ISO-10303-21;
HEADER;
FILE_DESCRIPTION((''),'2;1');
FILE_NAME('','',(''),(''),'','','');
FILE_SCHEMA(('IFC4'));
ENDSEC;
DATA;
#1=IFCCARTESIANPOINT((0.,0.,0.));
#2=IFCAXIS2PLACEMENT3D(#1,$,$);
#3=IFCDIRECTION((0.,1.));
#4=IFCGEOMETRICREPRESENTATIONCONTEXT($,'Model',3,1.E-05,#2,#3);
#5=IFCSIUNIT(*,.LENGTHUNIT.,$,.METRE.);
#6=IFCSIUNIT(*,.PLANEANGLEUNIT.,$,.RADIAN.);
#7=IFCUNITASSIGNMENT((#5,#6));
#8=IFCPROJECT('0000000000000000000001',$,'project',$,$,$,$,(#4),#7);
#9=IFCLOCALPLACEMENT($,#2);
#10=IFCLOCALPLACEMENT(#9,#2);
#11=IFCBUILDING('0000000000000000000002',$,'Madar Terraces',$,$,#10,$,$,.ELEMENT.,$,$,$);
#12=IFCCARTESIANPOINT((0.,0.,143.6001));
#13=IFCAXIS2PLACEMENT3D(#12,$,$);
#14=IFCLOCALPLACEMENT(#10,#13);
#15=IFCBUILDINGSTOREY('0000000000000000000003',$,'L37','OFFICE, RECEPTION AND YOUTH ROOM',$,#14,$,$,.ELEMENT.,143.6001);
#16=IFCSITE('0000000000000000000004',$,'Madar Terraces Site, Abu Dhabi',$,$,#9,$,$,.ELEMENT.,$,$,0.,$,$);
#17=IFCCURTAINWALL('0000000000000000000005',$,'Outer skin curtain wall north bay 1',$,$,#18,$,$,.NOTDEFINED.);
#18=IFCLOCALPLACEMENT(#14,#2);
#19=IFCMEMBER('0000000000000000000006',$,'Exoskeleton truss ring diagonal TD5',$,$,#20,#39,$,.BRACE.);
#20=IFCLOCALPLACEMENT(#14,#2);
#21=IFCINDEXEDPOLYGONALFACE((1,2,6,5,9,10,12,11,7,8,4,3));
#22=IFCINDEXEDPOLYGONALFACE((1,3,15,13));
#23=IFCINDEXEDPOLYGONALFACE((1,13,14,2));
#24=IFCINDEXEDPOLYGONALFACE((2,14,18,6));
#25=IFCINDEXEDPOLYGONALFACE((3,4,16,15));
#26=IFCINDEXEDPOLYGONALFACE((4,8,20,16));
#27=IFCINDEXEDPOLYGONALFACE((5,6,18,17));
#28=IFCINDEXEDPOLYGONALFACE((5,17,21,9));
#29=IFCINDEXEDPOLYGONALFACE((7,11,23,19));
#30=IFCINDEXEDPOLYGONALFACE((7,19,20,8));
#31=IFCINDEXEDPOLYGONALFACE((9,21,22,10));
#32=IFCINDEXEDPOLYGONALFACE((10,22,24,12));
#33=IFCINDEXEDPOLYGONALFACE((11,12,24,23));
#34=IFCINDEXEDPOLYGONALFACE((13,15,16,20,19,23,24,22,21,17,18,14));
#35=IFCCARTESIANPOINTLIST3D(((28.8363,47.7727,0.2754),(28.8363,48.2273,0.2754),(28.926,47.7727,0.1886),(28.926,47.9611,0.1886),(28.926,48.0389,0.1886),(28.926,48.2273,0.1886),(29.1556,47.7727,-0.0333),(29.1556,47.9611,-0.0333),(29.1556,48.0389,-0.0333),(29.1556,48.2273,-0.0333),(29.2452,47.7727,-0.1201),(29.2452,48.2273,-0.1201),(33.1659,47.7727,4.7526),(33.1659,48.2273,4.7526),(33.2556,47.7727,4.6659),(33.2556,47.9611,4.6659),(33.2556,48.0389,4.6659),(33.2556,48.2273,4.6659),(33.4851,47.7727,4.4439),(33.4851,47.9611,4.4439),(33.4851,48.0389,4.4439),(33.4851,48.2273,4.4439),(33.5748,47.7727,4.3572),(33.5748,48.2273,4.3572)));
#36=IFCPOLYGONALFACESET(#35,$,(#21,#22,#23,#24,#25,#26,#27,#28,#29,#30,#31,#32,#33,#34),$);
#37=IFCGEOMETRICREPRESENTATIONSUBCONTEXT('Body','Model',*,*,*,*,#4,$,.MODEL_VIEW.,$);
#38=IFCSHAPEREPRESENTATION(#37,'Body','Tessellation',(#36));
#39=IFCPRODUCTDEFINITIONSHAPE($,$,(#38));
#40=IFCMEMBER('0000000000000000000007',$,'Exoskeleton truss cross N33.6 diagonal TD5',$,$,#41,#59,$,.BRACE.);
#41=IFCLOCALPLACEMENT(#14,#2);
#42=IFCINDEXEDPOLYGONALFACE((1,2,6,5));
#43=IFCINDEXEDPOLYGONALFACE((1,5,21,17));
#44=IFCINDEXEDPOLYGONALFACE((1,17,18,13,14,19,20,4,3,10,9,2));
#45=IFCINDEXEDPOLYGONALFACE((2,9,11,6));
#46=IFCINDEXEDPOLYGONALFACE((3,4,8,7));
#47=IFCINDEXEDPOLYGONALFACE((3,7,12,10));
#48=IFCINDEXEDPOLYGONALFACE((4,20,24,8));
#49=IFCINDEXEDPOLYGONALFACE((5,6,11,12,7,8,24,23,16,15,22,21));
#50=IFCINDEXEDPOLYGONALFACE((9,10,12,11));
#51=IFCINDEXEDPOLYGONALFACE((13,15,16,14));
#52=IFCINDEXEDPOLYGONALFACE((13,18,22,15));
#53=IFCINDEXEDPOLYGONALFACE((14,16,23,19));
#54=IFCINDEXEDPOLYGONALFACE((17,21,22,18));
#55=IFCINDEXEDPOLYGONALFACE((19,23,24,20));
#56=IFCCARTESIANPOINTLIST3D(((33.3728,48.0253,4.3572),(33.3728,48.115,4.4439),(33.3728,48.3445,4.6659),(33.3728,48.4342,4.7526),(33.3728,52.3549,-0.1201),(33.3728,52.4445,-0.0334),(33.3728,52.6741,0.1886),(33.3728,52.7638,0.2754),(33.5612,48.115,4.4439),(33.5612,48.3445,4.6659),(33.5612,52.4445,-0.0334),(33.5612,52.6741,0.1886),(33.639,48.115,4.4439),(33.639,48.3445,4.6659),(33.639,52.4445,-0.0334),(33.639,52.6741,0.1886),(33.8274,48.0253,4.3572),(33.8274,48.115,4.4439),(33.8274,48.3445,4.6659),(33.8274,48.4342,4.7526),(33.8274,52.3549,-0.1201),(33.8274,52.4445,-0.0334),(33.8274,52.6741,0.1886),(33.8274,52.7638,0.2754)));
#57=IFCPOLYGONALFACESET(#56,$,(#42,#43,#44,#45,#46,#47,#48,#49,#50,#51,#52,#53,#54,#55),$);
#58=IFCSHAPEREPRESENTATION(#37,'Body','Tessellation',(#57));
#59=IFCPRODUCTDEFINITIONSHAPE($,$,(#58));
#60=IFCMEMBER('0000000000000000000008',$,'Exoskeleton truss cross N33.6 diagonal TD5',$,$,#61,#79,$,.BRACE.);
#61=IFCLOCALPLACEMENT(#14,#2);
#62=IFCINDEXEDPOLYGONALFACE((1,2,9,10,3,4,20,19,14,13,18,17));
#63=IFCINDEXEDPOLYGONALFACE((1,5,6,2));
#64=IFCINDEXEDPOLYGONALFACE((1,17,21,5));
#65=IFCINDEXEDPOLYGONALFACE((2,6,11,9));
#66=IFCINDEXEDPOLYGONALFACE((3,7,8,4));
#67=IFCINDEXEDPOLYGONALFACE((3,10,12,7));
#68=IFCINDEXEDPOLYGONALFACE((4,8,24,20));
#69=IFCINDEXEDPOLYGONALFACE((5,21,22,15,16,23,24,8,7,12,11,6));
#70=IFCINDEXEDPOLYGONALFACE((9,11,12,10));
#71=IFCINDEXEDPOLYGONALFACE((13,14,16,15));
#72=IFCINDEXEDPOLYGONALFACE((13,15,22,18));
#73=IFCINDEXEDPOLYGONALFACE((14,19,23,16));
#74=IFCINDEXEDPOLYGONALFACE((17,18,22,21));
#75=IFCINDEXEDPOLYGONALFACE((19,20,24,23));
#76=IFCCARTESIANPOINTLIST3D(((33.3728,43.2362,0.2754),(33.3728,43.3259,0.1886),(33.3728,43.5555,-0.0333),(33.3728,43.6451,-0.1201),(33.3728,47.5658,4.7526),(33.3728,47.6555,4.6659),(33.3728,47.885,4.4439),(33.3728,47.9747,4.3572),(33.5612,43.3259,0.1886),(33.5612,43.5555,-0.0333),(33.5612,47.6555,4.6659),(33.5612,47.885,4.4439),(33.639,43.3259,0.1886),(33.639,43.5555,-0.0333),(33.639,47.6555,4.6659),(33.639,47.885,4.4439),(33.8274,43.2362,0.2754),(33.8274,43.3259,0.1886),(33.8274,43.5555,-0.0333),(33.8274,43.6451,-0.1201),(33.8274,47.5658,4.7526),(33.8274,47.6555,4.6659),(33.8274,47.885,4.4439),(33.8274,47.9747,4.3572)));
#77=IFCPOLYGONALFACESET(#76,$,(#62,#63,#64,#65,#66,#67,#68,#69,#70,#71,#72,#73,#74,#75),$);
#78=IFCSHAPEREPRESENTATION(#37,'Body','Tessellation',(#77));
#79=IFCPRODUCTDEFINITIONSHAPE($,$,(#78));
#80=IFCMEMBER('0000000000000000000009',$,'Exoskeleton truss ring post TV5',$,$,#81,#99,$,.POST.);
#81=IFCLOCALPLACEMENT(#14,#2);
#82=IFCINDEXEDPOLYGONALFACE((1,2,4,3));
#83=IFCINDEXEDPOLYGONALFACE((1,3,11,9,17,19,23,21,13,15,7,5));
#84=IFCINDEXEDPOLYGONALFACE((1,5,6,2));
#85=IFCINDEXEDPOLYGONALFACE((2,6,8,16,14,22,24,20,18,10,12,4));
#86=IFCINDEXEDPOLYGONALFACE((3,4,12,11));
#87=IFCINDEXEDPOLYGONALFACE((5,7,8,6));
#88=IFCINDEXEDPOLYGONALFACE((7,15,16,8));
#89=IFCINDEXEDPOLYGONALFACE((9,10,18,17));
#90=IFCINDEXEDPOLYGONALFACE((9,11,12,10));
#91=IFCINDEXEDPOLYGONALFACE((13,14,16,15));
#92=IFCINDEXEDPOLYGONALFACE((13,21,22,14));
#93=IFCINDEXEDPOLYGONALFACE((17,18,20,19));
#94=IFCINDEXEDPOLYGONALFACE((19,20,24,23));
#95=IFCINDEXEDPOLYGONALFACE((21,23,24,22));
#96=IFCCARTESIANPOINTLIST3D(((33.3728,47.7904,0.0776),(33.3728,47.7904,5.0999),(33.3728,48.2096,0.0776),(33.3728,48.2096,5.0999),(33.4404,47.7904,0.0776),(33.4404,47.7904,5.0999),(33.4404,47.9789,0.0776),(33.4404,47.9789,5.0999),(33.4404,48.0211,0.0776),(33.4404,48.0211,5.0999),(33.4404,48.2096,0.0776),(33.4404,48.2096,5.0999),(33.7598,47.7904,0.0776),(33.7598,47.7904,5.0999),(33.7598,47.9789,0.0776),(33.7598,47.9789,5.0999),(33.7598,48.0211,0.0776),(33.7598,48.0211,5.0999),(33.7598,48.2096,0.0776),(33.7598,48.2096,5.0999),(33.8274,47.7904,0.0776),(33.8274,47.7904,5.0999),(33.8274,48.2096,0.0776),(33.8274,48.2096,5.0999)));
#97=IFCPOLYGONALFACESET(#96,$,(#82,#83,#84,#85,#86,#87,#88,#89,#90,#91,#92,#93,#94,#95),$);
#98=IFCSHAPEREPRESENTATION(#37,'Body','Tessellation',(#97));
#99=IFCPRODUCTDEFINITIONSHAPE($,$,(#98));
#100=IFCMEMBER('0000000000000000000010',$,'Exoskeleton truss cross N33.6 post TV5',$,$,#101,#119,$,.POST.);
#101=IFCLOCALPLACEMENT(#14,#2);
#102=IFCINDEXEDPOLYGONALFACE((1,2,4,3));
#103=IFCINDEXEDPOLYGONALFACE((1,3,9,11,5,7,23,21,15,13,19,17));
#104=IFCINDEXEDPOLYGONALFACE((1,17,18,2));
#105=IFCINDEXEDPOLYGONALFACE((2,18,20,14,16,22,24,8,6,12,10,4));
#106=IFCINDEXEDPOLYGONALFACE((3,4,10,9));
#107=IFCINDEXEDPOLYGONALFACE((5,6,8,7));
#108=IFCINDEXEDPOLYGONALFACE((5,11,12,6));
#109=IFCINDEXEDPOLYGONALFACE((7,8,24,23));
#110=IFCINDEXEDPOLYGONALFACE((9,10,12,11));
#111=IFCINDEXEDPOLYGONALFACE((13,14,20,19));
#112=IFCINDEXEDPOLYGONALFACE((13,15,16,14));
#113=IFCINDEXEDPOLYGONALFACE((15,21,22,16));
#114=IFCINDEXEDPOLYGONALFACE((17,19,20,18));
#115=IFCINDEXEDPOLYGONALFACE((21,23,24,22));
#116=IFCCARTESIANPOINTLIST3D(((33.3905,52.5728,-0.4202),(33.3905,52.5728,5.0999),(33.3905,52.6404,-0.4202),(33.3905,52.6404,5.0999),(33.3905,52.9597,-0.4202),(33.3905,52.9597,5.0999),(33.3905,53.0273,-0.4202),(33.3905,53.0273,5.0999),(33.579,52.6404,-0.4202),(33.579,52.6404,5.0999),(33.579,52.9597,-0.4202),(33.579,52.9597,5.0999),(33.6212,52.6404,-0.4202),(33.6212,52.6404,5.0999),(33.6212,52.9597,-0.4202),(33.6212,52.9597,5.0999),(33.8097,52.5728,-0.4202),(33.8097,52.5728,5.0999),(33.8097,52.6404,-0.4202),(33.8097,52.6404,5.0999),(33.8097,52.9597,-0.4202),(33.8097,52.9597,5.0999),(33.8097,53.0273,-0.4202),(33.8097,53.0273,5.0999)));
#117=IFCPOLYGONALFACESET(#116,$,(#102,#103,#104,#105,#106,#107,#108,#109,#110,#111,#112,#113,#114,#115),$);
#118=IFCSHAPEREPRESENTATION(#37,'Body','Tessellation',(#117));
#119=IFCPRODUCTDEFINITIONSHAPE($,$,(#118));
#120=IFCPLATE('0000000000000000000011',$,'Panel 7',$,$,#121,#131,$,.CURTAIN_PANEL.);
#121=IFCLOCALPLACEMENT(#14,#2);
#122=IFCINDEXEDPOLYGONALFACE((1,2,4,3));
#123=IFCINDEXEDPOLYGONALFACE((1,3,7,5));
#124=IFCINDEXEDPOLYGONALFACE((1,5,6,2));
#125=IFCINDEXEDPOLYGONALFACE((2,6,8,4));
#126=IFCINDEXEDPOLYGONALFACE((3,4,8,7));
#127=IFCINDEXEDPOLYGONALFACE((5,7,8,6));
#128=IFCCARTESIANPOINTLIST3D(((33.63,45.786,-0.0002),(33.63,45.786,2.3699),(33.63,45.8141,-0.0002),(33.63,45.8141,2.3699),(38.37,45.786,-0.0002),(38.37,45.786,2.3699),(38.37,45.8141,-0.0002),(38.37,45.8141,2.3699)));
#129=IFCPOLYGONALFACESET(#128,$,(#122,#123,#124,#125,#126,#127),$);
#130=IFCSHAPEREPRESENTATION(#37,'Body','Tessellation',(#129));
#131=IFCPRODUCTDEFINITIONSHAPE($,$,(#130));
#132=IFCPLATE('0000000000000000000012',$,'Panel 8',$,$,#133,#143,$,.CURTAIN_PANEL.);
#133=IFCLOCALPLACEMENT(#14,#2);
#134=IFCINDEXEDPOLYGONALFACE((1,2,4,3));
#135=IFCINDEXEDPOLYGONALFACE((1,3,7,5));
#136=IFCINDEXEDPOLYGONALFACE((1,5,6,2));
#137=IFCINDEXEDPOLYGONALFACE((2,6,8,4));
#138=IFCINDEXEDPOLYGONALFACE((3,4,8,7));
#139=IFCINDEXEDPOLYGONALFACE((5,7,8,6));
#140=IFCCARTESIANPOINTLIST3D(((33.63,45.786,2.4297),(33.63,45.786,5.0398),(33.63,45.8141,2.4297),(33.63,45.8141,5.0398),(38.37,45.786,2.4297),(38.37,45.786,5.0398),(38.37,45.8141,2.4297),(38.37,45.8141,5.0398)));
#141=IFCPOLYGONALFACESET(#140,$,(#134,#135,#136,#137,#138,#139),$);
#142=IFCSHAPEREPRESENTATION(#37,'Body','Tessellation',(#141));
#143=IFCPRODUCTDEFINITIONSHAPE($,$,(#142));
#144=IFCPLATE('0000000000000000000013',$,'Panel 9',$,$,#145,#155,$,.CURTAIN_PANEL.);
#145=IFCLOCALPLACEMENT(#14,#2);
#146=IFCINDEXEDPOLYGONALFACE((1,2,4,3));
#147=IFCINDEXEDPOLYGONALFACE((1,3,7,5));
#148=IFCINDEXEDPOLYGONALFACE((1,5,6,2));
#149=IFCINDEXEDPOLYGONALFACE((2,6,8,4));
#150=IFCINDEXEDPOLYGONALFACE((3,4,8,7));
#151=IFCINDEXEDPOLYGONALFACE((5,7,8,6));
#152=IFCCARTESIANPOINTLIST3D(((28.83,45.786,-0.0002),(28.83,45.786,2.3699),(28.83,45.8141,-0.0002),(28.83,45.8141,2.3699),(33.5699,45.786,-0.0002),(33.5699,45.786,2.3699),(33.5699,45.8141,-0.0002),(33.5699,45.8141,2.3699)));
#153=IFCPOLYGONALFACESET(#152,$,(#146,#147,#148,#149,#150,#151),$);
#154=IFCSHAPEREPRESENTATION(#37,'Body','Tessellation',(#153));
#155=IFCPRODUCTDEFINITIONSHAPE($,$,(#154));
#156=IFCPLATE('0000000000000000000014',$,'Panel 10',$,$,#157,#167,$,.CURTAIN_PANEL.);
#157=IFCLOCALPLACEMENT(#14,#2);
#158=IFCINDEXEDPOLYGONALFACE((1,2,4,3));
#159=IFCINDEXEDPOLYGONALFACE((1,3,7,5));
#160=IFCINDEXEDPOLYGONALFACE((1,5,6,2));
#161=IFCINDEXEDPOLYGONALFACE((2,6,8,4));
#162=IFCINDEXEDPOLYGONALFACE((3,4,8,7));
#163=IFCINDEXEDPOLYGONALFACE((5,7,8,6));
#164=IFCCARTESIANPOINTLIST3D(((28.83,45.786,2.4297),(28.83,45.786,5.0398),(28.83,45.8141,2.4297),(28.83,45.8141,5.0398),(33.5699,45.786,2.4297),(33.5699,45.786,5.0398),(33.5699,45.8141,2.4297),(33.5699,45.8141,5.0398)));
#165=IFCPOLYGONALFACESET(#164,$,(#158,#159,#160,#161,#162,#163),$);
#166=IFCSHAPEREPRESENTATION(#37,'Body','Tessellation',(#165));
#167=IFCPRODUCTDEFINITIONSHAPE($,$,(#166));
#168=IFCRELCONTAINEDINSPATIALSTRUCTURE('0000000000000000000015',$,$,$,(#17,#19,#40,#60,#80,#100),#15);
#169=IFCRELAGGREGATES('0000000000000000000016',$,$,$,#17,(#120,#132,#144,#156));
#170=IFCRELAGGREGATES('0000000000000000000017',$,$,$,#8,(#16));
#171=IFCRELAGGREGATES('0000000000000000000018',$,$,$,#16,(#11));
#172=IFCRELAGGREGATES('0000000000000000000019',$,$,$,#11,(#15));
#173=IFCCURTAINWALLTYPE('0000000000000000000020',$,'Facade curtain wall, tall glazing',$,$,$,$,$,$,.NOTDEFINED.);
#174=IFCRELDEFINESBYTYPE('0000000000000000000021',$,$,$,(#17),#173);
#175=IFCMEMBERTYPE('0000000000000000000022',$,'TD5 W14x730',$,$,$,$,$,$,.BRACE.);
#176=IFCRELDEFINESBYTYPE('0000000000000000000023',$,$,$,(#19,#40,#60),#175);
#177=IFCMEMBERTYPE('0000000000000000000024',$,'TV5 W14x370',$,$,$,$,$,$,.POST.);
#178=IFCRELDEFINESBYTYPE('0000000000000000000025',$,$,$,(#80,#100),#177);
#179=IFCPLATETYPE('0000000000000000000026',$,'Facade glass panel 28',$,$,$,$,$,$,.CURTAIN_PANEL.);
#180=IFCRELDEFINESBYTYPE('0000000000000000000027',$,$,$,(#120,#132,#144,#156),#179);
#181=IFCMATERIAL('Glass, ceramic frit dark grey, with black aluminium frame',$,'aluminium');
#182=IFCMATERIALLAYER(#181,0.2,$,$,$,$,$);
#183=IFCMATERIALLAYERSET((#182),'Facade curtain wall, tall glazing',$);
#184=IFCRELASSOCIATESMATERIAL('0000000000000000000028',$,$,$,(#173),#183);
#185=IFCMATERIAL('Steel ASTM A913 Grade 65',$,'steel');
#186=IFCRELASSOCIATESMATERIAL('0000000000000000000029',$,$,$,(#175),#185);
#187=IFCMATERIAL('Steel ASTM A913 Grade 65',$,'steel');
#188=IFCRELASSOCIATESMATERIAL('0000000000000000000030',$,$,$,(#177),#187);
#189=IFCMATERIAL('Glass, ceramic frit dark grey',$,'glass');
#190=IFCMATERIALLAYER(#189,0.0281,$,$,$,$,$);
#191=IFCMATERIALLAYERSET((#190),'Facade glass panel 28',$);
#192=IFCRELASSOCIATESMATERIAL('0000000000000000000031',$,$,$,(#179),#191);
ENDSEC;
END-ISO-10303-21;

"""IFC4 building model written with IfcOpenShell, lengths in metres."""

from ifc_helpers import new_model, si_unit, direction, frame, origin, origin_2d, place, context, subcontext, project, spatial, rectangle, i_section, extrude, material, layer, layer_set, material_profile, profile_set, type_object, element, aggregate, save


model = new_model("IFC4")

# Units and contexts
model_context = context("Model", 3, precision=1e-05, world=origin(), true_north=direction((0.0, 1.0)))
body_context = subcontext(model_context, "Body", "Model", "MODEL_VIEW")
ifc_project = project(units=[si_unit("LENGTHUNIT", "METRE"), si_unit("PLANEANGLEUNIT", "RADIAN")], contexts=[model_context])

# Site, building, storey
site_placement = place(None, origin())
site = spatial("IfcSite", under=ifc_project, at=site_placement, Name="Madar Terraces Site, Abu Dhabi", CompositionType="ELEMENT", RefElevation=0.0)
building_placement = place(site_placement, origin())
building = spatial("IfcBuilding", under=site, at=building_placement, Name="Madar Terraces", CompositionType="ELEMENT")
storey_placement = place(building_placement, frame((0.0, 0.0, 143.6001)))
storey = spatial("IfcBuildingStorey", under=building, at=storey_placement, Name="L37", Description="OFFICE, RECEPTION AND YOUTH ROOM", CompositionType="ELEMENT", Elevation=143.6001)

# Curtain wall
ifc_material_1 = material(Name="Glass, ceramic frit dark grey, with black aluminium frame", Category="aluminium")
ifc_layer_1 = layer(ifc_material_1, 0.2)
ifc_layer_set_1 = layer_set([ifc_layer_1], Name="Facade curtain wall, tall glazing")
curtain_wall_type = type_object("IfcCurtainWallType", Name="Facade curtain wall, tall glazing", PredefinedType="NOTDEFINED", material=ifc_layer_set_1)
curtain_wall_placement = place(storey_placement, origin())
curtain_wall = element("IfcCurtainWall", 1, at=curtain_wall_placement, inside=storey, type_object=curtain_wall_type, Name="Outer skin curtain wall north bay 1", PredefinedType="NOTDEFINED")

# Members
ifc_material_2 = material(Name="Steel ASTM A913 Grade 65", Category="steel")
ifc_material_profile_1 = material_profile(ifc_material_2, i_section(OverallWidth=0.4546, OverallDepth=0.5688, WebThickness=0.0779, FlangeThickness=0.1248, at=origin_2d()), Name="W14x730")
ifc_profile_set_1 = profile_set([ifc_material_profile_1], Name="Steel ASTM A913 Grade 65")
member_type_1 = type_object("IfcMemberType", Name="TD5 W14x730", PredefinedType="BRACE", material=ifc_profile_set_1)
for number, where, z_axis, x_axis, name in (
    (2, (33.3704, 48.0, 4.5549), (-0.69515, 0.0, -0.718865), (0.0, -1.0, 0.0), "Exoskeleton truss ring diagonal TD5"),
    (3, (33.6001, 52.5593, 0.0776), (0.0, -0.69515, 0.718865), (1.0, 0.0, 0.0), "Exoskeleton truss cross N33.6 diagonal TD5"),
    (4, (33.6001, 47.7703, 4.5549), (0.0, -0.69515, -0.718865), (1.0, 0.0, 0.0), "Exoskeleton truss cross N33.6 diagonal TD5"),
):
    element("IfcMember", number, at=place(storey_placement, frame(where, z_axis=z_axis, x_axis=x_axis)), inside=storey, type_object=member_type_1, Name=name, PredefinedType="BRACE", context=body_context, shape_type="SweptSolid", body=[
        extrude(i_section(OverallWidth=0.4546, OverallDepth=0.5688, WebThickness=0.0779, FlangeThickness=0.1248, at=origin_2d()), origin(), (0.0, 0.0, 1.0), 6.2283),
    ])
ifc_material_3 = material(Name="Steel ASTM A913 Grade 65", Category="steel")
ifc_material_profile_2 = material_profile(ifc_material_3, i_section(OverallWidth=0.4192, OverallDepth=0.4546, WebThickness=0.0422, FlangeThickness=0.0676, at=origin_2d()), Name="W14x370")
ifc_profile_set_2 = profile_set([ifc_material_profile_2], Name="Steel ASTM A913 Grade 65")
member_type_2 = type_object("IfcMemberType", Name="TV5 W14x370", PredefinedType="POST", material=ifc_profile_set_2)
member_1_placement = place(storey_placement, frame((33.6001, 48.0, 0.0776), z_axis=(0.0, 0.0, 1.0), x_axis=(0.0, -1.0, 0.0)))
element("IfcMember", 5, at=member_1_placement, inside=storey, type_object=member_type_2, Name="Exoskeleton truss ring post TV5", PredefinedType="POST", context=body_context, shape_type="SweptSolid", body=[
    extrude(i_section(OverallWidth=0.4192, OverallDepth=0.4546, WebThickness=0.0422, FlangeThickness=0.0676, at=origin_2d()), origin(), (0.0, 0.0, 1.0), 5.0222),
])
member_2_placement = place(storey_placement, frame((33.6001, 52.8, -0.4202), z_axis=(0.0, 0.0, 1.0), x_axis=(-1.0, 0.0, 0.0)))
element("IfcMember", 6, at=member_2_placement, inside=storey, type_object=member_type_2, Name="Exoskeleton truss cross N33.6 post TV5", PredefinedType="POST", context=body_context, shape_type="SweptSolid", body=[
    extrude(i_section(OverallWidth=0.4192, OverallDepth=0.4546, WebThickness=0.0422, FlangeThickness=0.0676, at=origin_2d()), origin(), (0.0, 0.0, 1.0), 5.52),
])

# Plates
ifc_material_4 = material(Name="Glass, ceramic frit dark grey", Category="glass")
ifc_layer_2 = layer(ifc_material_4, 0.0281)
ifc_layer_set_2 = layer_set([ifc_layer_2], Name="Facade glass panel 28")
plate_type = type_object("IfcPlateType", Name="Facade glass panel 28", PredefinedType="CURTAIN_PANEL", material=ifc_layer_set_2)
plate_1_placement = place(storey_placement, frame((36.0, 45.8, -0.0002), z_axis=(0.0, 0.0, 1.0), x_axis=(-1.0, 0.0, 0.0)))
plate_1 = element("IfcPlate", 7, at=plate_1_placement, type_object=plate_type, Name="Panel 7", PredefinedType="CURTAIN_PANEL", context=body_context, shape_type="SweptSolid", body=[
    extrude(rectangle(XDim=4.74, YDim=0.0281, at=origin_2d()), origin(), (0.0, 0.0, 1.0), 2.3701),
])
plate_2_placement = place(storey_placement, frame((36.0, 45.8, 2.4297), z_axis=(0.0, 0.0, 1.0), x_axis=(-1.0, 0.0, 0.0)))
plate_2 = element("IfcPlate", 8, at=plate_2_placement, type_object=plate_type, Name="Panel 8", PredefinedType="CURTAIN_PANEL", context=body_context, shape_type="SweptSolid", body=[
    extrude(rectangle(XDim=4.74, YDim=0.0281, at=origin_2d()), origin(), (0.0, 0.0, 1.0), 2.6101),
])
plate_3_placement = place(storey_placement, frame((31.2, 45.8, -0.0002), z_axis=(0.0, 0.0, 1.0), x_axis=(-1.0, 0.0, 0.0)))
plate_3 = element("IfcPlate", 9, at=plate_3_placement, type_object=plate_type, Name="Panel 9", PredefinedType="CURTAIN_PANEL", context=body_context, shape_type="SweptSolid", body=[
    extrude(rectangle(XDim=4.74, YDim=0.0281, at=origin_2d()), origin(), (0.0, 0.0, 1.0), 2.3701),
])
plate_4_placement = place(storey_placement, frame((31.2, 45.8, 2.4297), z_axis=(0.0, 0.0, 1.0), x_axis=(-1.0, 0.0, 0.0)))
plate_4 = element("IfcPlate", 10, at=plate_4_placement, type_object=plate_type, Name="Panel 10", PredefinedType="CURTAIN_PANEL", context=body_context, shape_type="SweptSolid", body=[
    extrude(rectangle(XDim=4.74, YDim=0.0281, at=origin_2d()), origin(), (0.0, 0.0, 1.0), 2.6101),
])
aggregate(curtain_wall, [plate_1, plate_2, plate_3, plate_4])

save(model, "model.ifc")
